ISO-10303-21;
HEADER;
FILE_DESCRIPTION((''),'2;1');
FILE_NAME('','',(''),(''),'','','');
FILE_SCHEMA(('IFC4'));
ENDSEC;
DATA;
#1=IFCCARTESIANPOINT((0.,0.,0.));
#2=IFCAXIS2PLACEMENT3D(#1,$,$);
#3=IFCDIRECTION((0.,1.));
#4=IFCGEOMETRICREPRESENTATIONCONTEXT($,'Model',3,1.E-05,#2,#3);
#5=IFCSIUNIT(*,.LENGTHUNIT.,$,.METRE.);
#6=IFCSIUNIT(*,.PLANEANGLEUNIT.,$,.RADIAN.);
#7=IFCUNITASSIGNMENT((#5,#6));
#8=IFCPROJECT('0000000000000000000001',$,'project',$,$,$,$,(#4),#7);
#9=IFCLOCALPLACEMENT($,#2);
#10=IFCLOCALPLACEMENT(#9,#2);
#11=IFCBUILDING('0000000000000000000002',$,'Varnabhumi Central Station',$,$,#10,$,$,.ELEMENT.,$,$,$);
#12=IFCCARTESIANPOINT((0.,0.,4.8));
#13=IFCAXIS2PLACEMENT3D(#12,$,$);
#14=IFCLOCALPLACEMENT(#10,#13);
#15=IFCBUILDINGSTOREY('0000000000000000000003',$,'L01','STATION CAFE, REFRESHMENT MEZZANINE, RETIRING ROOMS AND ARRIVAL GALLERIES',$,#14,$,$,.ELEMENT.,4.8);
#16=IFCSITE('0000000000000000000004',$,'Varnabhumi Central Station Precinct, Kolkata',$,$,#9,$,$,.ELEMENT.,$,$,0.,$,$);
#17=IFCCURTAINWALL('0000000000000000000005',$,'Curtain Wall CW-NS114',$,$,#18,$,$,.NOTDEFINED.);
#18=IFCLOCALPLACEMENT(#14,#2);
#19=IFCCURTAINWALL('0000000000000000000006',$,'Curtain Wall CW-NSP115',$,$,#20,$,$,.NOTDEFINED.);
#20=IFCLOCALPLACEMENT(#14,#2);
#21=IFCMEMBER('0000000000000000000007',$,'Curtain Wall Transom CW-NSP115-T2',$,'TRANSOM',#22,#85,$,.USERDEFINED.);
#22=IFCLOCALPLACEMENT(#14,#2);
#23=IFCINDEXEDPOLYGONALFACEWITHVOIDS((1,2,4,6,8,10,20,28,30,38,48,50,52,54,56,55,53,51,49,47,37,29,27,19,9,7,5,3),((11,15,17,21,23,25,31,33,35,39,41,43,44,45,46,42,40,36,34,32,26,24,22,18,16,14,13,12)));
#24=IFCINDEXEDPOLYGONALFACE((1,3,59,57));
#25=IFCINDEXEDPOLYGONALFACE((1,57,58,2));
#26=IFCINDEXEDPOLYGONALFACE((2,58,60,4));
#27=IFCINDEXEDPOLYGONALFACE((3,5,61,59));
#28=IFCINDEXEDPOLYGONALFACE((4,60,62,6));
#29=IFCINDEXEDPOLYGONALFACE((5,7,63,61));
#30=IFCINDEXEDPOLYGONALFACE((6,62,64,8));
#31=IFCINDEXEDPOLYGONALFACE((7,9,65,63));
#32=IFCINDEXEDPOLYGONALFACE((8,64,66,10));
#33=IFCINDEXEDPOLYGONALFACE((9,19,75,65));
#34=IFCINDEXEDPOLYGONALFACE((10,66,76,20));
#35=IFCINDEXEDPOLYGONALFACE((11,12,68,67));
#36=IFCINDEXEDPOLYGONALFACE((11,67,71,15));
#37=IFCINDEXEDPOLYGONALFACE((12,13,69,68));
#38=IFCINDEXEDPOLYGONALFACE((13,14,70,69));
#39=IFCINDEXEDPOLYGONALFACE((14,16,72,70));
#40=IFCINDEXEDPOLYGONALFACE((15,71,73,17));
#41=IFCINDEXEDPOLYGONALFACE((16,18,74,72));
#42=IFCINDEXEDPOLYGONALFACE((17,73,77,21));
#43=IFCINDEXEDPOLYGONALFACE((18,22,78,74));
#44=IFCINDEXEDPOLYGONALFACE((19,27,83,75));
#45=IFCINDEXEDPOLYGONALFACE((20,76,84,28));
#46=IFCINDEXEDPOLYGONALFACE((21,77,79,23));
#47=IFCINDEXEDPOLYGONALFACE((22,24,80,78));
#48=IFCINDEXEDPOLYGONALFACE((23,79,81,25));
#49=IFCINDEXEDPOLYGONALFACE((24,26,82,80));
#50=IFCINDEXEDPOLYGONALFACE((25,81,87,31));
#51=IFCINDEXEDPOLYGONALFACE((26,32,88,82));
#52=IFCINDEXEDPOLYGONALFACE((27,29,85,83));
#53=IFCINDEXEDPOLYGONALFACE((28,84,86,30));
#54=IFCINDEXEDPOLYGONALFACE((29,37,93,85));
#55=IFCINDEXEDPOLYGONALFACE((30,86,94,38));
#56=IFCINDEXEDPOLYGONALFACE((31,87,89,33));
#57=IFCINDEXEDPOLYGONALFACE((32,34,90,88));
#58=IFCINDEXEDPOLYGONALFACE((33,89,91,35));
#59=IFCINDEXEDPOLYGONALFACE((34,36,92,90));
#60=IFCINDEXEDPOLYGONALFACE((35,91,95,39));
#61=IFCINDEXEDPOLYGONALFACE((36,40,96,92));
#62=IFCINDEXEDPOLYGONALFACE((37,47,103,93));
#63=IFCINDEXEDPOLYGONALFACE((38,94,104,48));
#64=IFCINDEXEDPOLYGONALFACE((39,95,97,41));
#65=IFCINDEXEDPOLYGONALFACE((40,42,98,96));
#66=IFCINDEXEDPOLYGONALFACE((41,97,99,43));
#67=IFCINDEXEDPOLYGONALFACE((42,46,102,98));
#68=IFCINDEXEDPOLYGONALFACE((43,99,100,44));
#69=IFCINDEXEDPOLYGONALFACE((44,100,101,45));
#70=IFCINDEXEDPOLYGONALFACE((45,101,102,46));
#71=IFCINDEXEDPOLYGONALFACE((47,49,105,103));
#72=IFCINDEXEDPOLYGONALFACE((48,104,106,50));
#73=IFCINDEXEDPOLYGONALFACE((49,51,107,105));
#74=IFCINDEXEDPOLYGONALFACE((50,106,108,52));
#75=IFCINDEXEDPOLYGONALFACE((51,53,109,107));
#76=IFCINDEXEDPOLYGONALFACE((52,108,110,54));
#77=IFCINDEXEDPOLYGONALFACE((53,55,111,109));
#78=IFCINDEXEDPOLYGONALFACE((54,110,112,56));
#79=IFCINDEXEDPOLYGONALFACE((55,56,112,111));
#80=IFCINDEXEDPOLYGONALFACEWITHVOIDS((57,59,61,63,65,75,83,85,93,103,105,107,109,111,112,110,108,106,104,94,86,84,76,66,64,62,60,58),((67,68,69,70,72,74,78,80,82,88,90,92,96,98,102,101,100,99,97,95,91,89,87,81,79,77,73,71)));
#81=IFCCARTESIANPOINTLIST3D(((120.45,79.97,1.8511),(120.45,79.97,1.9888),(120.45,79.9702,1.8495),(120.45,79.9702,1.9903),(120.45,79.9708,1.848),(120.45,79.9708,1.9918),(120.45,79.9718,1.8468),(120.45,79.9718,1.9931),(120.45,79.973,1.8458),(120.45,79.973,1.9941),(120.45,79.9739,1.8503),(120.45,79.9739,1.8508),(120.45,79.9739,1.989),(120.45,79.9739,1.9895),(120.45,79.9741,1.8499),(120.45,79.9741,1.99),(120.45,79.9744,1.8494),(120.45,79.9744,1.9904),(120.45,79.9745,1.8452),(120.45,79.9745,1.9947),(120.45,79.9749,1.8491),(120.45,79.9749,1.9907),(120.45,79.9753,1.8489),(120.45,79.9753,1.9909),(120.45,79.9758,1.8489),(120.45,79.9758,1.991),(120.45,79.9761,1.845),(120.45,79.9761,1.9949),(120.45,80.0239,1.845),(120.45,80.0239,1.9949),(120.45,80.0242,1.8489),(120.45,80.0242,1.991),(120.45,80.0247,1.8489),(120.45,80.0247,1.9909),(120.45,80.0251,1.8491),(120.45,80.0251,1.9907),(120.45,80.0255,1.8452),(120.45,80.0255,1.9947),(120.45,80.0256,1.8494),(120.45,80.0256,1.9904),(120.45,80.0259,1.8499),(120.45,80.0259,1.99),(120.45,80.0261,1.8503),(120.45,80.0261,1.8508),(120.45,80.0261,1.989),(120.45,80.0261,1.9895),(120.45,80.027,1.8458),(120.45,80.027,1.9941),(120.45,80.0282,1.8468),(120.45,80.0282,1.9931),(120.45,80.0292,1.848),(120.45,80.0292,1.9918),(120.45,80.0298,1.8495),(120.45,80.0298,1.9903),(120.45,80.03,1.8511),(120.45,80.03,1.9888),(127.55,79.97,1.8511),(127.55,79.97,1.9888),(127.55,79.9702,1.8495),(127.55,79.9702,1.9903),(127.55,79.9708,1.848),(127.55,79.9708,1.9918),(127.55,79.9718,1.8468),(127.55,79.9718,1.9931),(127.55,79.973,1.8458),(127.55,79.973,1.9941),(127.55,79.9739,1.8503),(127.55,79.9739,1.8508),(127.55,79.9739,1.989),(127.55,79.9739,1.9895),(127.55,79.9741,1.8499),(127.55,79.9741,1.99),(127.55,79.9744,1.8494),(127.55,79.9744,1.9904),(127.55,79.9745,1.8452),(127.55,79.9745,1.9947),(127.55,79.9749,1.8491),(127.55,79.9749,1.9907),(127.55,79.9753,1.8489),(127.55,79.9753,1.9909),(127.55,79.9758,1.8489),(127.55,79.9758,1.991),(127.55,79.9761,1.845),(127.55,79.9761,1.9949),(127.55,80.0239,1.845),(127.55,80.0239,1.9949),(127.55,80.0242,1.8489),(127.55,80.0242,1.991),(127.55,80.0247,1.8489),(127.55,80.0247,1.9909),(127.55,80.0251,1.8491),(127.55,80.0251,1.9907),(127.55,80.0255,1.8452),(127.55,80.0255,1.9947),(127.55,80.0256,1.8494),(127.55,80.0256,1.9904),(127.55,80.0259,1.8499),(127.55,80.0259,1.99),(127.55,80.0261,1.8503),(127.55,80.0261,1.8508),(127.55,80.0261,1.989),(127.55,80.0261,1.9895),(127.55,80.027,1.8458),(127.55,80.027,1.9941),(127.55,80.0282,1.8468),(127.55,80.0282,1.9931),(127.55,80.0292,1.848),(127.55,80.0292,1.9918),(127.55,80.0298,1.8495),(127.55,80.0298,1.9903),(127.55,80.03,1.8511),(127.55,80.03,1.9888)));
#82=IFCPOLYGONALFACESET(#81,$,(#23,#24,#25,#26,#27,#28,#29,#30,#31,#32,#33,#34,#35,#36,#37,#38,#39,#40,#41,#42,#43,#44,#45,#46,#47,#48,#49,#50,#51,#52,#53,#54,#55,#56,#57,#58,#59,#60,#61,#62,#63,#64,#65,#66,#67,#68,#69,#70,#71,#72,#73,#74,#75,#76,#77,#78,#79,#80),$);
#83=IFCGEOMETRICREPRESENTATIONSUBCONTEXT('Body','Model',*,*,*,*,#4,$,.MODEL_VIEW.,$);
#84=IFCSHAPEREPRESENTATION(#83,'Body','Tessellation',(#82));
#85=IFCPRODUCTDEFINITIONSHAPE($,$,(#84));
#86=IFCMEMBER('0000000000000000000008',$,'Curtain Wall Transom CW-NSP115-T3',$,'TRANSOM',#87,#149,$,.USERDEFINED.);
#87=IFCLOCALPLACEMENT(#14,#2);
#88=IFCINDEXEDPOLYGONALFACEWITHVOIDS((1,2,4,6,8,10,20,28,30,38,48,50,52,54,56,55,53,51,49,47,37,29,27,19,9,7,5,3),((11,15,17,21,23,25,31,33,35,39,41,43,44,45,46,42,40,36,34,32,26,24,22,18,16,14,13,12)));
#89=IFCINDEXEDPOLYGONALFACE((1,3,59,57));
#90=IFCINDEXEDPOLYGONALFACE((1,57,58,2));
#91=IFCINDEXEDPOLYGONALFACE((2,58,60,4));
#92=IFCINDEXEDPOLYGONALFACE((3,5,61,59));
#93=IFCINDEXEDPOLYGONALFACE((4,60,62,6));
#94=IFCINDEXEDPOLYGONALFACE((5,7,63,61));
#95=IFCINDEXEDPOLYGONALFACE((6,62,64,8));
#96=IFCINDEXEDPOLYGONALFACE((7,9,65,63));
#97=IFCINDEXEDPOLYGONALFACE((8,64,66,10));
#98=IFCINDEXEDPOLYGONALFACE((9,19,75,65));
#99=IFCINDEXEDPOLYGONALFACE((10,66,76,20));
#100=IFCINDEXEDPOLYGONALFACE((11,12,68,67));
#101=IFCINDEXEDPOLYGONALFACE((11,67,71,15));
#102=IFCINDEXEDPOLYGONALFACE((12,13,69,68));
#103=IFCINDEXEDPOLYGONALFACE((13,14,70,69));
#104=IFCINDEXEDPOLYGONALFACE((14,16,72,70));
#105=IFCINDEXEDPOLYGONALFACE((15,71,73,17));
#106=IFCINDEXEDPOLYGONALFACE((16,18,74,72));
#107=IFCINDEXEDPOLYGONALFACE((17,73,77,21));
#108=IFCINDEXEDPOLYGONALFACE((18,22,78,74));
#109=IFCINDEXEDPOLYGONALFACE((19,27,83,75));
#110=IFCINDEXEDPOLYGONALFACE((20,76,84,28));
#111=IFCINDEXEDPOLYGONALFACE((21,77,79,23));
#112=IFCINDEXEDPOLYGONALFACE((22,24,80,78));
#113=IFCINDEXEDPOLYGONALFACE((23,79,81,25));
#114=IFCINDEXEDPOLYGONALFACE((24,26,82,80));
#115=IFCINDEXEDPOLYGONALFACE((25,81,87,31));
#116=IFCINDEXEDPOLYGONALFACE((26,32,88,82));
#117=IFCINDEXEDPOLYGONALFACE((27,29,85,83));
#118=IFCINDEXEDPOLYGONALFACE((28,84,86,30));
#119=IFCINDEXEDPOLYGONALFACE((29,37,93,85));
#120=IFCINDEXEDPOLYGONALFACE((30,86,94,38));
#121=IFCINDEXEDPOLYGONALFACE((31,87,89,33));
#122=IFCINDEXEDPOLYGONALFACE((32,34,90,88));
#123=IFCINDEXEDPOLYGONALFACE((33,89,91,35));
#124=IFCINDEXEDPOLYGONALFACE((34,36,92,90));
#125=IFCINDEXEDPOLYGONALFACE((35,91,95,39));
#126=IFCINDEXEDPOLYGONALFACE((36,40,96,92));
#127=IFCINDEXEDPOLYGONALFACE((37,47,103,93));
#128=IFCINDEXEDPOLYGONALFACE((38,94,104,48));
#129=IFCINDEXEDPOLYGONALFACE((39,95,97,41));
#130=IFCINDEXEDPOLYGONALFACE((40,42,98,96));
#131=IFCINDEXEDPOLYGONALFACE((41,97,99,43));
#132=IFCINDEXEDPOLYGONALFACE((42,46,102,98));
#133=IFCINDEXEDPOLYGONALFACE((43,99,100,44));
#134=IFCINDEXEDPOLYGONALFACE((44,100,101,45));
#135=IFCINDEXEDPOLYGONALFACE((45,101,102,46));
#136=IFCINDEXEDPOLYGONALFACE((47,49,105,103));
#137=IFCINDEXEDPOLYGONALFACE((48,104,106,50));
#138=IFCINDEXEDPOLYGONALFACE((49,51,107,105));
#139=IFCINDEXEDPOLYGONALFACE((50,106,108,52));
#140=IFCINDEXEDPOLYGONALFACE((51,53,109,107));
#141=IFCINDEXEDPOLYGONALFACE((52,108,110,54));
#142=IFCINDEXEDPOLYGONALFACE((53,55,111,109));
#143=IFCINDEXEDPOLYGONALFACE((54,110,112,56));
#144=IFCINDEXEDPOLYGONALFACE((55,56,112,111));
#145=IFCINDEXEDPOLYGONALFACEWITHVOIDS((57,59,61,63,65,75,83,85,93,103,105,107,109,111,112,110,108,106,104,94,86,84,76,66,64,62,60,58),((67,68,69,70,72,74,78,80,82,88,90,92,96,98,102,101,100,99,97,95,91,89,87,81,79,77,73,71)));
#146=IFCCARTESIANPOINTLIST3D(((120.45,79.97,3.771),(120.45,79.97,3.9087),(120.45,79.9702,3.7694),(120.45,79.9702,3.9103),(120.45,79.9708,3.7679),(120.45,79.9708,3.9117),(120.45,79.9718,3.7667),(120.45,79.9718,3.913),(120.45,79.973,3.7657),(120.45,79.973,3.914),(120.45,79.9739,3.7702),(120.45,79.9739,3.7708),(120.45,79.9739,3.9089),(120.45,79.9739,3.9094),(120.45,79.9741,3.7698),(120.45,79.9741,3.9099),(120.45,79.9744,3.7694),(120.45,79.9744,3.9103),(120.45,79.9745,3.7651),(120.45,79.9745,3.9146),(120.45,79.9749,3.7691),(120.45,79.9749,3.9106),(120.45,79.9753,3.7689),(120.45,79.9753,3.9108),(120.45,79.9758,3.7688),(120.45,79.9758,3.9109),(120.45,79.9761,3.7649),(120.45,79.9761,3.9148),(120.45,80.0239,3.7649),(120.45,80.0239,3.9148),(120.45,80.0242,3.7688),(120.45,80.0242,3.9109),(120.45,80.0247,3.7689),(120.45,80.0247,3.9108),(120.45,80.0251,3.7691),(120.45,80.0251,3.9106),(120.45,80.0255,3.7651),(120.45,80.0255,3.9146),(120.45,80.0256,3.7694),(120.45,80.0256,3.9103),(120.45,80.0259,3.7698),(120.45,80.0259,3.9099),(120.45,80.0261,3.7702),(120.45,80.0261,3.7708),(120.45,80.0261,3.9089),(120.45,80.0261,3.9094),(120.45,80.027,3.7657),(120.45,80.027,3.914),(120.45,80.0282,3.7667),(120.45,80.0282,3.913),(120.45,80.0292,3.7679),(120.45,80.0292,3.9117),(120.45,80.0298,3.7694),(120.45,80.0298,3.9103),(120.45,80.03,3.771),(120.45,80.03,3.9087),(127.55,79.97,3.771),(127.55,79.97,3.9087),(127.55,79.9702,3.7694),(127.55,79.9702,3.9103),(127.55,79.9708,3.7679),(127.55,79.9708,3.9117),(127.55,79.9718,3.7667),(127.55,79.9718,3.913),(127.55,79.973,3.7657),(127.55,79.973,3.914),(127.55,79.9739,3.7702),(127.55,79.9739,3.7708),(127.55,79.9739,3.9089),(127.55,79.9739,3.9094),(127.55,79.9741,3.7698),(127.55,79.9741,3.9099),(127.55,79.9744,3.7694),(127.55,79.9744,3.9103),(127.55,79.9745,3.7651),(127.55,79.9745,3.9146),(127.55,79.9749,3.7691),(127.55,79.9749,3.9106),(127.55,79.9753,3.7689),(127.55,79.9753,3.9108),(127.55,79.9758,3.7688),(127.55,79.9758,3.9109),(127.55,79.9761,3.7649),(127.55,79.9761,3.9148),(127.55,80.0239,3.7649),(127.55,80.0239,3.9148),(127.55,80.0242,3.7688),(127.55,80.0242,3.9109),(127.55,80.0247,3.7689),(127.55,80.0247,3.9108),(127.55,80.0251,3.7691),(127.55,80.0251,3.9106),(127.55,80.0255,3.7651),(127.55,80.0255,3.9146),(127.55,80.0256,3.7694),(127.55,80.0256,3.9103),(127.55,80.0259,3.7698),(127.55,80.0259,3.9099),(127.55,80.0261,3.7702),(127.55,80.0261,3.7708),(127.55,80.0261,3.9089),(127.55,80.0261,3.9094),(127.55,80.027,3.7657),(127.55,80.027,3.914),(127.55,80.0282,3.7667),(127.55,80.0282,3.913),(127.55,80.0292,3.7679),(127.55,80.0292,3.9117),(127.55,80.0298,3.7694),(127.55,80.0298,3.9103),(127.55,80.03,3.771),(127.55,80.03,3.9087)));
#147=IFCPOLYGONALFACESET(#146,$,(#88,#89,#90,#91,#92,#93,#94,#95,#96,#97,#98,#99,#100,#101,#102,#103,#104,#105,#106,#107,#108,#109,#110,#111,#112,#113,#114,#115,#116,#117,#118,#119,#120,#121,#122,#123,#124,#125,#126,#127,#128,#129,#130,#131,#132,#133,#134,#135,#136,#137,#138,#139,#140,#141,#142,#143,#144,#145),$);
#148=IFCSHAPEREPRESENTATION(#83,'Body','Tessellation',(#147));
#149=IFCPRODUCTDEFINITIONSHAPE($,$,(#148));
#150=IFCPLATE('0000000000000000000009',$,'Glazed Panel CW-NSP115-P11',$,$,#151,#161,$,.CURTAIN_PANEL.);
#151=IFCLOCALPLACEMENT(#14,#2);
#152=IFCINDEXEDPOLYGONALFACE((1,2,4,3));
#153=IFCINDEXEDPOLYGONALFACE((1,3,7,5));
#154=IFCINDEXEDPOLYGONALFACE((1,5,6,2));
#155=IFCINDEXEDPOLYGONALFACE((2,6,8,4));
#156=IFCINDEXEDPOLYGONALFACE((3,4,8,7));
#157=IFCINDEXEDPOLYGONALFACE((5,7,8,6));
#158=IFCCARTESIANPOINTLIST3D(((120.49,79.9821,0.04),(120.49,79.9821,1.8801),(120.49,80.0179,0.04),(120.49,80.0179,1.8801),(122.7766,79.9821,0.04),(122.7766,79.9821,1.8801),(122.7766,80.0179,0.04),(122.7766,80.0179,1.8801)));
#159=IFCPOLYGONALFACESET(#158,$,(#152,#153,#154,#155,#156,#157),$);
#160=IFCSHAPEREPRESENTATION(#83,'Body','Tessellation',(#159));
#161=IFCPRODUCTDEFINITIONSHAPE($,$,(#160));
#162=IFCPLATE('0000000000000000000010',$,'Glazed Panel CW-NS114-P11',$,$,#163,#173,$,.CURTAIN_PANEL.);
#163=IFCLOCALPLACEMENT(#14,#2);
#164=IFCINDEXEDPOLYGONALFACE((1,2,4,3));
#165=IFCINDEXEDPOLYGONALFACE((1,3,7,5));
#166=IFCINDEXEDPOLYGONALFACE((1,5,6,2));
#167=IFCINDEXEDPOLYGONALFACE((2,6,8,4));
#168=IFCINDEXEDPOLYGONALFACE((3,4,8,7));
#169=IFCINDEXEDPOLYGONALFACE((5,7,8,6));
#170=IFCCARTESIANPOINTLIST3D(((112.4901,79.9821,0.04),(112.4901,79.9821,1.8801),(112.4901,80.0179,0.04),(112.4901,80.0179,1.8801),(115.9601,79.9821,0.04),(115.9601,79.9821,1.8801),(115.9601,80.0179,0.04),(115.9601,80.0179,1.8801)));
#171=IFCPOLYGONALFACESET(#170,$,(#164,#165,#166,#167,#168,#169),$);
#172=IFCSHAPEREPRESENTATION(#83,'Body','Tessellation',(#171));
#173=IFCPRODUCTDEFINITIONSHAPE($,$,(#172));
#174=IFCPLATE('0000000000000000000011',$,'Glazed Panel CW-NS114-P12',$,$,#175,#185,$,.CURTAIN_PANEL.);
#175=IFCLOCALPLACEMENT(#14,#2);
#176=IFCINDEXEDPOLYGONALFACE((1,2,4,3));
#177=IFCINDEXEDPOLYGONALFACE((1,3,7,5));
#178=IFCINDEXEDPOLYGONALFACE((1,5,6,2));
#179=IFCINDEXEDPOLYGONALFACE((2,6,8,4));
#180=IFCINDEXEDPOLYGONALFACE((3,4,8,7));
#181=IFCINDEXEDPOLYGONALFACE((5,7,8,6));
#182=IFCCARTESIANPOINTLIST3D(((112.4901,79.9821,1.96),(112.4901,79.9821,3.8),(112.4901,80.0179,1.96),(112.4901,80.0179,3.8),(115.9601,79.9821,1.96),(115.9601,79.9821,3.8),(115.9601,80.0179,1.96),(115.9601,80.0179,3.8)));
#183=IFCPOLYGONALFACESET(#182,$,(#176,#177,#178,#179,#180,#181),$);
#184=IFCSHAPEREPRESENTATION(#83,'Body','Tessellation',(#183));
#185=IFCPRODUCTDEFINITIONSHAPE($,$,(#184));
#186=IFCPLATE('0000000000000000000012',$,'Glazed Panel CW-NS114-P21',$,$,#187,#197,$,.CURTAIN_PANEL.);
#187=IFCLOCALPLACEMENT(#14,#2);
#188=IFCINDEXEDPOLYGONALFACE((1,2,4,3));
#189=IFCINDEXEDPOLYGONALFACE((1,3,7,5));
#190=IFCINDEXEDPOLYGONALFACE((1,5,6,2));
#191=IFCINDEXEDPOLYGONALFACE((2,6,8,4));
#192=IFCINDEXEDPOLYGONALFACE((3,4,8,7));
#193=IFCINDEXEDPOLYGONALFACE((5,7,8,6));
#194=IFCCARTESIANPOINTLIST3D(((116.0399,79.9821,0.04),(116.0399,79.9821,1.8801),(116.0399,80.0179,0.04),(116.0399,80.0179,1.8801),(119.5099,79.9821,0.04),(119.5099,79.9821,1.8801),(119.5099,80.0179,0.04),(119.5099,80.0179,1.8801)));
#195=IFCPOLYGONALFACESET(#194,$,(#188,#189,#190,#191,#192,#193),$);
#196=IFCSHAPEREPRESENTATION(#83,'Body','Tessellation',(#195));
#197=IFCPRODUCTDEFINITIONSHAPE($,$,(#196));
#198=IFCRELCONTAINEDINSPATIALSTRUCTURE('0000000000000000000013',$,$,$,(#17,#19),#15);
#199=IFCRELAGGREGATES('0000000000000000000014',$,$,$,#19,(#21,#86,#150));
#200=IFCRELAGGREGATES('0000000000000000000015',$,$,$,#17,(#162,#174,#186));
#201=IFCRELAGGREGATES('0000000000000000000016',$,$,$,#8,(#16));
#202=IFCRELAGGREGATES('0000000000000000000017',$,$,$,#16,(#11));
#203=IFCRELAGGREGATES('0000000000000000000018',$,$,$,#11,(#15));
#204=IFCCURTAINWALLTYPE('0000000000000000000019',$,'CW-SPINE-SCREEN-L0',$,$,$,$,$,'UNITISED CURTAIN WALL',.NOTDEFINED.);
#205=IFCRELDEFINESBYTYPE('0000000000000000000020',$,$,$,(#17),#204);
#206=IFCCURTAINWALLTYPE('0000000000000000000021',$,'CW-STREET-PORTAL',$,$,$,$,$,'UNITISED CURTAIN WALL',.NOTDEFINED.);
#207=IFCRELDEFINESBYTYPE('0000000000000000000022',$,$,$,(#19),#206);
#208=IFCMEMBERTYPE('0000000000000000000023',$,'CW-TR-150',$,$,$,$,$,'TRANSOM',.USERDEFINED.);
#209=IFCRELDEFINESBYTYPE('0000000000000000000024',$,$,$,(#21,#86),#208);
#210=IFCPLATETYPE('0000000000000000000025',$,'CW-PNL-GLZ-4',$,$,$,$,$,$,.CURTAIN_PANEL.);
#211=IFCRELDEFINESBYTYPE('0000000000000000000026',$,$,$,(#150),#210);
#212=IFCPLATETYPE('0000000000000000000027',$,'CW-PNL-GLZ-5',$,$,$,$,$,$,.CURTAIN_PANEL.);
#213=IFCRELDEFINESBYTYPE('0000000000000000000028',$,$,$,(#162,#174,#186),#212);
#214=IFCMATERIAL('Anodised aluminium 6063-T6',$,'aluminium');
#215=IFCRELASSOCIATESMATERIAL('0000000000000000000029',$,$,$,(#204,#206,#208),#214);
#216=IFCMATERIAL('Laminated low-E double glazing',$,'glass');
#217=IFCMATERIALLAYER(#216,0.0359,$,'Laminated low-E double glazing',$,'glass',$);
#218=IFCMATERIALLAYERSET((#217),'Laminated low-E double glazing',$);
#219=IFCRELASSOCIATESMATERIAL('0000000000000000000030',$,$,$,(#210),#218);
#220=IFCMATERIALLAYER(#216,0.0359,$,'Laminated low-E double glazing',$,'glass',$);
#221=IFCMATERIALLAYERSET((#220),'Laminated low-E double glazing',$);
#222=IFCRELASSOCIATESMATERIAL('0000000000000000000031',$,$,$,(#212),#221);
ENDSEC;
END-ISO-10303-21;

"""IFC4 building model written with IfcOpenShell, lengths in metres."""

from ifc_helpers import new_model, si_unit, direction, frame, origin, origin_2d, place, context, subcontext, project, spatial, rectangle, hollow_rectangle, extrude, material, layer, layer_set, material_profile, profile_set, type_object, element, aggregate, save


model = new_model("IFC4")

# Units and contexts
model_context = context("Model", 3, precision=1e-05, world=origin(), true_north=direction((0.0, 1.0)))
body_context = subcontext(model_context, "Body", "Model", "MODEL_VIEW")
ifc_project = project(units=[si_unit("LENGTHUNIT", "METRE"), si_unit("PLANEANGLEUNIT", "RADIAN")], contexts=[model_context])

# Site, building, storey
site_placement = place(None, origin())
site = spatial("IfcSite", under=ifc_project, at=site_placement, Name="Varnabhumi Central Station Precinct, Kolkata", CompositionType="ELEMENT", RefElevation=0.0)
building_placement = place(site_placement, origin())
building = spatial("IfcBuilding", under=site, at=building_placement, Name="Varnabhumi Central Station", CompositionType="ELEMENT")
storey_placement = place(building_placement, frame((0.0, 0.0, 4.8)))
storey = spatial("IfcBuildingStorey", under=building, at=storey_placement, Name="L01", Description="STATION CAFE, REFRESHMENT MEZZANINE, RETIRING ROOMS AND ARRIVAL GALLERIES", CompositionType="ELEMENT", Elevation=4.8)

# Curtain wall
ifc_material_1 = material(Name="Anodised aluminium 6063-T6", Category="aluminium")
curtain_wall_type_1 = type_object("IfcCurtainWallType", Name="CW-SPINE-SCREEN-L0", ElementType="UNITISED CURTAIN WALL", PredefinedType="NOTDEFINED", material=ifc_material_1)
curtain_wall_1_placement = place(storey_placement, origin())
curtain_wall_1 = element("IfcCurtainWall", 1, at=curtain_wall_1_placement, inside=storey, type_object=curtain_wall_type_1, Name="Curtain Wall CW-NS114", PredefinedType="NOTDEFINED")

# Curtain wall, members, plate
curtain_wall_type_2 = type_object("IfcCurtainWallType", Name="CW-STREET-PORTAL", ElementType="UNITISED CURTAIN WALL", PredefinedType="NOTDEFINED", material=ifc_material_1)
curtain_wall_2_placement = place(storey_placement, origin())
curtain_wall_2 = element("IfcCurtainWall", 2, at=curtain_wall_2_placement, inside=storey, type_object=curtain_wall_type_2, Name="Curtain Wall CW-NSP115", PredefinedType="NOTDEFINED")
ifc_material_profile_1 = material_profile(ifc_material_1, hollow_rectangle(XDim=0.0601, YDim=0.1499, WallThickness=0.0039, InnerFilletRadius=0.002, OuterFilletRadius=0.0061, at=origin_2d()), Name="Anodised aluminium 6063-T6", Category="aluminium")
ifc_profile_set_1 = profile_set([ifc_material_profile_1], Name="Anodised aluminium 6063-T6")
member_type_1 = type_object("IfcMemberType", Name="CW-TR-150", ElementType="TRANSOM", PredefinedType="USERDEFINED", material=ifc_profile_set_1)
member_1_placement = place(storey_placement, frame((120.45, 80.0, 1.9199), z_axis=(1.0, 0.0, 0.0), x_axis=(0.0, 1.0, 0.0)))
member_1 = element("IfcMember", 3, at=member_1_placement, type_object=member_type_1, Name="Curtain Wall Transom CW-NSP115-T2", ObjectType="TRANSOM", PredefinedType="USERDEFINED", context=body_context, shape_type="SweptSolid", body=[
    extrude(hollow_rectangle(XDim=0.0601, YDim=0.1499, WallThickness=0.0039, InnerFilletRadius=0.002, OuterFilletRadius=0.0061, at=origin_2d()), origin(), (0.0, 0.0, 1.0), 7.1001),
])
member_2_placement = place(storey_placement, frame((120.45, 80.0, 3.8398), z_axis=(1.0, 0.0, 0.0), x_axis=(0.0, 1.0, 0.0)))
member_2 = element("IfcMember", 4, at=member_2_placement, type_object=member_type_1, Name="Curtain Wall Transom CW-NSP115-T3", ObjectType="TRANSOM", PredefinedType="USERDEFINED", context=body_context, shape_type="SweptSolid", body=[
    extrude(hollow_rectangle(XDim=0.0601, YDim=0.1499, WallThickness=0.0039, InnerFilletRadius=0.002, OuterFilletRadius=0.0061, at=origin_2d()), origin(), (0.0, 0.0, 1.0), 7.1001),
])
ifc_material_2 = material(Name="Laminated low-E double glazing", Category="glass")
ifc_layer_1 = layer(ifc_material_2, 0.0359, Name="Laminated low-E double glazing", Category="glass")
ifc_layer_set_1 = layer_set([ifc_layer_1], Name="Laminated low-E double glazing")
plate_type_1 = type_object("IfcPlateType", Name="CW-PNL-GLZ-4", PredefinedType="CURTAIN_PANEL", material=ifc_layer_set_1)
plate_1_placement = place(storey_placement, frame((121.6333, 80.0, 0.04), z_axis=(0.0, 0.0, 1.0), x_axis=(1.0, 0.0, 0.0)))
plate_1 = element("IfcPlate", 5, at=plate_1_placement, type_object=plate_type_1, Name="Glazed Panel CW-NSP115-P11", PredefinedType="CURTAIN_PANEL", context=body_context, shape_type="SweptSolid", body=[
    extrude(rectangle(XDim=2.2866, YDim=0.0359, at=origin_2d()), origin(), (0.0, 0.0, 1.0), 1.8401),
])
aggregate(curtain_wall_2, [member_1, member_2, plate_1])

# Plates
ifc_layer_2 = layer(ifc_material_2, 0.0359, Name="Laminated low-E double glazing", Category="glass")
ifc_layer_set_2 = layer_set([ifc_layer_2], Name="Laminated low-E double glazing")
plate_type_2 = type_object("IfcPlateType", Name="CW-PNL-GLZ-5", PredefinedType="CURTAIN_PANEL", material=ifc_layer_set_2)
plate_2_placement = place(storey_placement, frame((114.2251, 80.0, 0.04), z_axis=(0.0, 0.0, 1.0), x_axis=(1.0, 0.0, 0.0)))
plate_2 = element("IfcPlate", 6, at=plate_2_placement, type_object=plate_type_2, Name="Glazed Panel CW-NS114-P11", PredefinedType="CURTAIN_PANEL", context=body_context, shape_type="SweptSolid", body=[
    extrude(rectangle(XDim=3.47, YDim=0.0359, at=origin_2d()), origin(), (0.0, 0.0, 1.0), 1.8401),
])
plate_3_placement = place(storey_placement, frame((114.2251, 80.0, 1.96), z_axis=(0.0, 0.0, 1.0), x_axis=(1.0, 0.0, 0.0)))
plate_3 = element("IfcPlate", 7, at=plate_3_placement, type_object=plate_type_2, Name="Glazed Panel CW-NS114-P12", PredefinedType="CURTAIN_PANEL", context=body_context, shape_type="SweptSolid", body=[
    extrude(rectangle(XDim=3.47, YDim=0.0359, at=origin_2d()), origin(), (0.0, 0.0, 1.0), 1.8401),
])
plate_4_placement = place(storey_placement, frame((117.7749, 80.0, 0.04), z_axis=(0.0, 0.0, 1.0), x_axis=(1.0, 0.0, 0.0)))
plate_4 = element("IfcPlate", 8, at=plate_4_placement, type_object=plate_type_2, Name="Glazed Panel CW-NS114-P21", PredefinedType="CURTAIN_PANEL", context=body_context, shape_type="SweptSolid", body=[
    extrude(rectangle(XDim=3.47, YDim=0.0359, at=origin_2d()), origin(), (0.0, 0.0, 1.0), 1.8401),
])
aggregate(curtain_wall_1, [plate_2, plate_3, plate_4])

save(model, "model.ifc")
